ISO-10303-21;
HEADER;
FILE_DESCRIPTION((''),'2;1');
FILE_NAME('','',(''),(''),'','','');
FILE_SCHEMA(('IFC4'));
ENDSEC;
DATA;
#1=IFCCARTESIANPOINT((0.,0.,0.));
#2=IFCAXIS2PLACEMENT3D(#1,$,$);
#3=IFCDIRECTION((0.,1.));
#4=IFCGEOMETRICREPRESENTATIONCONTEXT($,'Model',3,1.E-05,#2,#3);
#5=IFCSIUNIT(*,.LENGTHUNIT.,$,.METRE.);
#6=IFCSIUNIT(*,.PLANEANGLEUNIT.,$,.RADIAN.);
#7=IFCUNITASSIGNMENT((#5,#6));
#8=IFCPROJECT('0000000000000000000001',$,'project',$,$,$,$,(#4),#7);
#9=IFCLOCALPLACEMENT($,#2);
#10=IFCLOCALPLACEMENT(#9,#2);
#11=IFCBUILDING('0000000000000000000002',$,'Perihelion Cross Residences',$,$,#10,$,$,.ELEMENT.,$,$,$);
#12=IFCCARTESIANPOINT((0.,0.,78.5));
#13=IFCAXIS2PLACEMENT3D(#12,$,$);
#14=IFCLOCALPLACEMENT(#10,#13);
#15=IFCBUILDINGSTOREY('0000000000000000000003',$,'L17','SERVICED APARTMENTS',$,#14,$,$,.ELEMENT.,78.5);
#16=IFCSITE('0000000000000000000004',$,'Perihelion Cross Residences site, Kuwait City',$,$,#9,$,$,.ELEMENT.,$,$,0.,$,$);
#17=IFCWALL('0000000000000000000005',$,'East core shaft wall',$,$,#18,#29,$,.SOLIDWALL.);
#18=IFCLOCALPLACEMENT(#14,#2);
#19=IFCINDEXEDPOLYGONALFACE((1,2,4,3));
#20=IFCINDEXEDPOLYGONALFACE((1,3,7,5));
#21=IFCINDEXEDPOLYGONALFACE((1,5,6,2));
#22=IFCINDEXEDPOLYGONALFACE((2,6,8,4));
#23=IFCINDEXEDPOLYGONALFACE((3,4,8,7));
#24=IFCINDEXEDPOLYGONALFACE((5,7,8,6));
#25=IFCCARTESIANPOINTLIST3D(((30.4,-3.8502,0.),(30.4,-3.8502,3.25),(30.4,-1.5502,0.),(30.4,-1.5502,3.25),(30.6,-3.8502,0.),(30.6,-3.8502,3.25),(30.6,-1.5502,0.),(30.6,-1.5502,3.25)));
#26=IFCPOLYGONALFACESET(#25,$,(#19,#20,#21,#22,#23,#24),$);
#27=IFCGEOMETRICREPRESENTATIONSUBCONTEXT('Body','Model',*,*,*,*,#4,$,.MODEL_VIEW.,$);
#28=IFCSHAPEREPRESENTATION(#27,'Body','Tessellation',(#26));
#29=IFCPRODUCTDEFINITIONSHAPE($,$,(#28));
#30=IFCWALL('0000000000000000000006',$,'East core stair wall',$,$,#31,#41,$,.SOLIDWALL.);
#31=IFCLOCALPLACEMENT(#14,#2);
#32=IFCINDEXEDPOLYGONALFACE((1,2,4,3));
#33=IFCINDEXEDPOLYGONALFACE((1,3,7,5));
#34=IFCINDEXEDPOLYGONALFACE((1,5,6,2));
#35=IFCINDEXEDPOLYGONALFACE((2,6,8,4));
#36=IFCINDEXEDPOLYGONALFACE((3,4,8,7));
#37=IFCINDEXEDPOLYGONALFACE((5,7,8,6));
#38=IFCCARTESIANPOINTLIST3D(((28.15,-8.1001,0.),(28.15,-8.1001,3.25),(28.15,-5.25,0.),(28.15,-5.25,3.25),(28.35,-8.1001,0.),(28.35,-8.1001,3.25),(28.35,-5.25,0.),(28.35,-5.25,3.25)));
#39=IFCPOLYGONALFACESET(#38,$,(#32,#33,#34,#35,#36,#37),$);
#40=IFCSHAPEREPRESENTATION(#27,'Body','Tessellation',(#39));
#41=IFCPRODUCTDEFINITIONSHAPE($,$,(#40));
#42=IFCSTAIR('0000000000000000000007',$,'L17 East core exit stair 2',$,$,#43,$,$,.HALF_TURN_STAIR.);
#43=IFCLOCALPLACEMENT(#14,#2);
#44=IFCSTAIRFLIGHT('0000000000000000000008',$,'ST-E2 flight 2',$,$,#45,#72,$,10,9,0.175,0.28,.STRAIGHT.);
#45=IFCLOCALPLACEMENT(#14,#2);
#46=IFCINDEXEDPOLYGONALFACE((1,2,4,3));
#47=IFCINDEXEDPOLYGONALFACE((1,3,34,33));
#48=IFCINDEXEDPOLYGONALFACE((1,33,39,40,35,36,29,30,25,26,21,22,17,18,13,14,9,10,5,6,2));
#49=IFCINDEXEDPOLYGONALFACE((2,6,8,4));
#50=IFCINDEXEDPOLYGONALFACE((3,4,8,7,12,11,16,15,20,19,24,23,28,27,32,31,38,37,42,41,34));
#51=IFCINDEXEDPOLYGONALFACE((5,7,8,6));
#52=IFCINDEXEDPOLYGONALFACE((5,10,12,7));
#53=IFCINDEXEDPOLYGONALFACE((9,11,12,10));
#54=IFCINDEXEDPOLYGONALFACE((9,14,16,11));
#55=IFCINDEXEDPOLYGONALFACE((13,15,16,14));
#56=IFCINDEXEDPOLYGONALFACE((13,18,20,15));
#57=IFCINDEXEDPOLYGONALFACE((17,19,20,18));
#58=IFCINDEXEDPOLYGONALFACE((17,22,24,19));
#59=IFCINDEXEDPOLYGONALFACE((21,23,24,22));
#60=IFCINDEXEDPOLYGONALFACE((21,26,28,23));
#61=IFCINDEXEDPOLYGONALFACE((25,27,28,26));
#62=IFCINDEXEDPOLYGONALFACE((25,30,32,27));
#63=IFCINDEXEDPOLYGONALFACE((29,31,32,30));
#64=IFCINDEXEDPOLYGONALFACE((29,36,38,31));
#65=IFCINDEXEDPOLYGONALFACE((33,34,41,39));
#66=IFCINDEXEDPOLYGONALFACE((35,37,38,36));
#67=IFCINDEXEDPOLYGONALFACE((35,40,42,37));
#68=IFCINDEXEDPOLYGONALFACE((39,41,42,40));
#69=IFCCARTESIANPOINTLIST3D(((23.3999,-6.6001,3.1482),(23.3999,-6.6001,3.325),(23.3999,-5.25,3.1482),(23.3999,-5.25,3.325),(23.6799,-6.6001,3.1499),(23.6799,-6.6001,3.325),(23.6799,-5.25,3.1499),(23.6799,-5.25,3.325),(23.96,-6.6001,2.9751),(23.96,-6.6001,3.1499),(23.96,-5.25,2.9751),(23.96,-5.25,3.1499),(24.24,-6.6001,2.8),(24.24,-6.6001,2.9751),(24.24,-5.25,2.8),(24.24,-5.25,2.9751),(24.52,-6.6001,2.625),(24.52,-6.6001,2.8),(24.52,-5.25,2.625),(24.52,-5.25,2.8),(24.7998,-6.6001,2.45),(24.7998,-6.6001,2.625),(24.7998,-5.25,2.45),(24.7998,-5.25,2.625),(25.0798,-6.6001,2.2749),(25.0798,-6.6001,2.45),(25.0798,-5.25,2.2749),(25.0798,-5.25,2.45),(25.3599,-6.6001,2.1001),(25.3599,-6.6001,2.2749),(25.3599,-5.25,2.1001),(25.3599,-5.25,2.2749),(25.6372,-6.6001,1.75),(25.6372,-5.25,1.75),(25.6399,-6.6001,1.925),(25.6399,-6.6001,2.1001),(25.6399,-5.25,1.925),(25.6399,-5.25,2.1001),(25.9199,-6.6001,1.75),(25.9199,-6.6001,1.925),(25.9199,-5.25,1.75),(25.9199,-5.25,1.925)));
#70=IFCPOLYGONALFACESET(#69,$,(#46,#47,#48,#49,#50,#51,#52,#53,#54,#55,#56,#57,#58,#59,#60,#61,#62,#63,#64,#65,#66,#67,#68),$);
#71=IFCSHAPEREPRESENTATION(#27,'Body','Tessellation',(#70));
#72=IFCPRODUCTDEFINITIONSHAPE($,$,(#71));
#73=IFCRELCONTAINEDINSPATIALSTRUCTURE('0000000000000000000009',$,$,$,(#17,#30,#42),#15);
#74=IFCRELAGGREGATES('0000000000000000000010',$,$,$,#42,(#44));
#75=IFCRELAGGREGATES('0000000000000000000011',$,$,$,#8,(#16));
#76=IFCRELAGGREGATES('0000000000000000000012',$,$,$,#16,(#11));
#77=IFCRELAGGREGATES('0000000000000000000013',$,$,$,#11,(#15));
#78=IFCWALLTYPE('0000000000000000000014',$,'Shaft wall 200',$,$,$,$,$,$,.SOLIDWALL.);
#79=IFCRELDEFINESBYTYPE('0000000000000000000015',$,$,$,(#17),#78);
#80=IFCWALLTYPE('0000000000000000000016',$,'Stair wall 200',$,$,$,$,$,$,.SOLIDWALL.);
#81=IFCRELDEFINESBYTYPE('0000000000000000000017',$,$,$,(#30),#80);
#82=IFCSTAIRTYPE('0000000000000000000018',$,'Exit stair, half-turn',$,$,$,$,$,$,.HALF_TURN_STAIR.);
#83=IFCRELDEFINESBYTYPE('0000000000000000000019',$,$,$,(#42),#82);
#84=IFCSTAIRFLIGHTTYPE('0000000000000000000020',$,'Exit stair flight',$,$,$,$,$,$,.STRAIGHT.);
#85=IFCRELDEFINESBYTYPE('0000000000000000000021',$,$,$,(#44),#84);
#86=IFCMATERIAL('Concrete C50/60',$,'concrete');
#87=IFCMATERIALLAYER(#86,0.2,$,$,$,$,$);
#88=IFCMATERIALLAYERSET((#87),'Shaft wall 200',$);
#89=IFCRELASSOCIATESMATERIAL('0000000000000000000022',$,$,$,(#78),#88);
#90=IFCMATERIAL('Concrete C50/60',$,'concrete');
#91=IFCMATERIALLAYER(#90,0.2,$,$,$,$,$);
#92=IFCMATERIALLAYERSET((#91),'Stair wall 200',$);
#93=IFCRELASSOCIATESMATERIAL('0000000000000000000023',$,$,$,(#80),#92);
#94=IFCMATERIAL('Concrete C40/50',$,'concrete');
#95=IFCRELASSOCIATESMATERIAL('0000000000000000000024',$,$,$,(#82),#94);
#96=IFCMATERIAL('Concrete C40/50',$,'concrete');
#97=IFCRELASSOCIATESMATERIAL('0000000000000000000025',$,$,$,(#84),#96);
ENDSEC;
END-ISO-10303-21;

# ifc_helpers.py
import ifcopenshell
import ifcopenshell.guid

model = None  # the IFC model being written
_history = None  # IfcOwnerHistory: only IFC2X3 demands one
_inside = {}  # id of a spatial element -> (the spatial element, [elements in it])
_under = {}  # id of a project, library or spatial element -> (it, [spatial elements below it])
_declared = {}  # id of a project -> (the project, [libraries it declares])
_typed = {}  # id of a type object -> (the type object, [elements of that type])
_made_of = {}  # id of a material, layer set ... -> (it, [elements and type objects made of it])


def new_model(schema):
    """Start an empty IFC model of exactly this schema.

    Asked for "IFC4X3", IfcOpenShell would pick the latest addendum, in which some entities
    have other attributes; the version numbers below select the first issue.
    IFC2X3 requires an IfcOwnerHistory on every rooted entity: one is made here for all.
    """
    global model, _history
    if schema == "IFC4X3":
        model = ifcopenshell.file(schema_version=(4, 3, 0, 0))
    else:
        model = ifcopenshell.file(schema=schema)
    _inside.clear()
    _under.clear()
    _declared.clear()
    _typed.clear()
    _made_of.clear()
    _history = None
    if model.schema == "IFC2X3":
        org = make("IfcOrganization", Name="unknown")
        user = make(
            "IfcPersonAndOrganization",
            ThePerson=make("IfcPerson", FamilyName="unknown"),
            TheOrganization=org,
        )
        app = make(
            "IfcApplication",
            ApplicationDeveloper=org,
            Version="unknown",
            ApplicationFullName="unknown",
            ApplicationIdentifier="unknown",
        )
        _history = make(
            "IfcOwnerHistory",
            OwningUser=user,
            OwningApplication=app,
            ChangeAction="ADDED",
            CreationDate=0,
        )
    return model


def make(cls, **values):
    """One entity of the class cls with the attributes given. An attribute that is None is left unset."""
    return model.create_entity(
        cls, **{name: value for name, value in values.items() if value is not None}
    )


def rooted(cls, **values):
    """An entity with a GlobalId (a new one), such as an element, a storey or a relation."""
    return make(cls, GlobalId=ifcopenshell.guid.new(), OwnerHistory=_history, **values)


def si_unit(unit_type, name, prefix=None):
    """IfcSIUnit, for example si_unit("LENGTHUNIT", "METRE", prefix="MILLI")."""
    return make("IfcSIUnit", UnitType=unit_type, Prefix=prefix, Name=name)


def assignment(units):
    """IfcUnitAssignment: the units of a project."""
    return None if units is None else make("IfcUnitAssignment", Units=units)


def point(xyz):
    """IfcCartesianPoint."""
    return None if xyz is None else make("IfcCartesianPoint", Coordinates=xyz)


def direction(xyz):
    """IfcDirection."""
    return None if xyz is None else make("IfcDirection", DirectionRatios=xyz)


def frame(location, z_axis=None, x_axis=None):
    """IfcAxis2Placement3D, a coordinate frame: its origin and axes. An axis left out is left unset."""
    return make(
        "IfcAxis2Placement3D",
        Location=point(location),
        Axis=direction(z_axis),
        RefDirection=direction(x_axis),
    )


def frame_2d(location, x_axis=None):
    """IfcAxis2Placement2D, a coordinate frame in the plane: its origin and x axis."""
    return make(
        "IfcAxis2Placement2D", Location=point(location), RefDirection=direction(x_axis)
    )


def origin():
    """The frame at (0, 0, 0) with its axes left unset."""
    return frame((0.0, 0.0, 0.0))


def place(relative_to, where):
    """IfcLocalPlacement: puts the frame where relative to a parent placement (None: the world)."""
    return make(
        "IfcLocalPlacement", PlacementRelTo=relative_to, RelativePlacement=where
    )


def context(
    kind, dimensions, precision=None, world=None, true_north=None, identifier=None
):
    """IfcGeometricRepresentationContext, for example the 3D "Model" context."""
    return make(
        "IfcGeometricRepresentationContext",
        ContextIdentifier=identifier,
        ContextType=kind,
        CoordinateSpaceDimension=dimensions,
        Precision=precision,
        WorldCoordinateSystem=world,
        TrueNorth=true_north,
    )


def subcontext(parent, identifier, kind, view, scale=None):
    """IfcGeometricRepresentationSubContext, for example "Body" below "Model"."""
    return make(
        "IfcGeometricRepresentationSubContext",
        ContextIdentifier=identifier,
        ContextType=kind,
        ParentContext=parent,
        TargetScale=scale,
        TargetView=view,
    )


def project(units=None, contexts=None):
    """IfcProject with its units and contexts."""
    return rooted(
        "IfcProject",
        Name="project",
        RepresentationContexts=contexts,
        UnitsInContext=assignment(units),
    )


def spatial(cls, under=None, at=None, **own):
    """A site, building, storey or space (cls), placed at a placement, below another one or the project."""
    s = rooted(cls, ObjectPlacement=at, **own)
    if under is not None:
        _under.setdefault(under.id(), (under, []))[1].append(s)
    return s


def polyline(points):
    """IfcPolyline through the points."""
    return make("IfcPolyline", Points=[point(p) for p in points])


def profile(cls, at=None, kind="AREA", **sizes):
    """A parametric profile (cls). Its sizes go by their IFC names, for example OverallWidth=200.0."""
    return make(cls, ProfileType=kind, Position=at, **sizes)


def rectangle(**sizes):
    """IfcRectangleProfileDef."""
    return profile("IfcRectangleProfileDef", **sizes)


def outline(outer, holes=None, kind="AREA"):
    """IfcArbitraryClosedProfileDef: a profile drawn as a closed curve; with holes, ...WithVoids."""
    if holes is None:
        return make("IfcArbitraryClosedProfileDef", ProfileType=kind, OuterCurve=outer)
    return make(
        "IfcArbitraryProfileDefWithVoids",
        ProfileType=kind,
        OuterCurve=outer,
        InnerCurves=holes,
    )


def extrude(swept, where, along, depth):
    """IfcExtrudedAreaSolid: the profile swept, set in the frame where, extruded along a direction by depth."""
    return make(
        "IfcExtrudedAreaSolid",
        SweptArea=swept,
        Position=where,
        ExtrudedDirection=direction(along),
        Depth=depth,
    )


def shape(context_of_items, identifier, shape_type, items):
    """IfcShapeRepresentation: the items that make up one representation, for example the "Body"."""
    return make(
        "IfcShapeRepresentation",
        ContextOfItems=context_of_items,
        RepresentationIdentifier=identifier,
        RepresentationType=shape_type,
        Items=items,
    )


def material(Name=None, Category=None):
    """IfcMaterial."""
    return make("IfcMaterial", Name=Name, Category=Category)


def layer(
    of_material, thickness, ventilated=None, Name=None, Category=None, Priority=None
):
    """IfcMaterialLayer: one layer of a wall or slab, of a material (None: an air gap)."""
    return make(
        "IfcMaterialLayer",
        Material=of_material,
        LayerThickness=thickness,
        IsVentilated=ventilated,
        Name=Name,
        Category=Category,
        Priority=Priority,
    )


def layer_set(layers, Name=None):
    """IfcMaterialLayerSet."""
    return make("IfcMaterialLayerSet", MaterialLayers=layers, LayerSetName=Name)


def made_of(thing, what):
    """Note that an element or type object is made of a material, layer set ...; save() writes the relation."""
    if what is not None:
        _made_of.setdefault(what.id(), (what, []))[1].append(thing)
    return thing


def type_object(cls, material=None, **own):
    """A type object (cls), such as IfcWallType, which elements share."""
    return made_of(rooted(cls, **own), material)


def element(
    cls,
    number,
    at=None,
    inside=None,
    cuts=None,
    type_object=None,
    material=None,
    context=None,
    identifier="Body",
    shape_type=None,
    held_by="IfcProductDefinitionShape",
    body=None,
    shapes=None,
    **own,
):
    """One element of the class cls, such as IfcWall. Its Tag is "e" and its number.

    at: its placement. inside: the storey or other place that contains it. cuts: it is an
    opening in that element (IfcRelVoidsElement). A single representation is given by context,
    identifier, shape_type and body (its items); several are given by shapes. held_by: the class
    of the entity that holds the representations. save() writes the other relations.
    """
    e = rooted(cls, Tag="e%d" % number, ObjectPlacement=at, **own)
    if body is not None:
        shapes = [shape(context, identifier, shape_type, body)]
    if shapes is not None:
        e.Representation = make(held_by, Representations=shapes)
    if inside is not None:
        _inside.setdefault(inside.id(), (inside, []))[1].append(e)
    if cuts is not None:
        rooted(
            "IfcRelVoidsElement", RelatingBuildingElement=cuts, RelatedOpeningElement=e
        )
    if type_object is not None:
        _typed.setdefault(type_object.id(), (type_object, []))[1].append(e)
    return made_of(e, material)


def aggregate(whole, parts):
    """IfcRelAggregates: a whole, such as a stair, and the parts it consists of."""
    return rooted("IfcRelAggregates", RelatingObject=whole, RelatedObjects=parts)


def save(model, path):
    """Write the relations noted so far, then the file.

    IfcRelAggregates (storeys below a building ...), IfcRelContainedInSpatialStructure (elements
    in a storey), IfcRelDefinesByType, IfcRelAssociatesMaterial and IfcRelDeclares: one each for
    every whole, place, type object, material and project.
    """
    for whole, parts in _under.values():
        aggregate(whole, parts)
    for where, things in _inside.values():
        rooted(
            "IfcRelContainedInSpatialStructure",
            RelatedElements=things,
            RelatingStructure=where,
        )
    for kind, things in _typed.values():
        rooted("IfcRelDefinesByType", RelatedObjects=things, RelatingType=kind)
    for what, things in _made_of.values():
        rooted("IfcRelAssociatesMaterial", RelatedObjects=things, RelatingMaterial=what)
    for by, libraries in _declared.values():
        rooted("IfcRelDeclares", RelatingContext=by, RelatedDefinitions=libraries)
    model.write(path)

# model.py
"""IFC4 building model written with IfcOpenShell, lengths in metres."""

from ifc_helpers import new_model, si_unit, direction, frame, frame_2d, origin, place, context, subcontext, project, spatial, polyline, rectangle, outline, extrude, material, layer, layer_set, type_object, element, aggregate, save


model = new_model("IFC4")

# Units and contexts
model_context = context("Model", 3, precision=1e-05, world=origin(), true_north=direction((0.0, 1.0)))
body_context = subcontext(model_context, "Body", "Model", "MODEL_VIEW")
ifc_project = project(units=[si_unit("LENGTHUNIT", "METRE"), si_unit("PLANEANGLEUNIT", "RADIAN")], contexts=[model_context])

# Site, building, storey
site_placement = place(None, origin())
site = spatial("IfcSite", under=ifc_project, at=site_placement, Name="Perihelion Cross Residences site, Kuwait City", CompositionType="ELEMENT", RefElevation=0.0)
building_placement = place(site_placement, origin())
building = spatial("IfcBuilding", under=site, at=building_placement, Name="Perihelion Cross Residences", CompositionType="ELEMENT")
storey_placement = place(building_placement, frame((0.0, 0.0, 78.5)))
storey = spatial("IfcBuildingStorey", under=building, at=storey_placement, Name="L17", Description="SERVICED APARTMENTS", CompositionType="ELEMENT", Elevation=78.5)

# Walls
ifc_material_1 = material(Name="Concrete C50/60", Category="concrete")
ifc_layer_1 = layer(ifc_material_1, 0.2)
ifc_layer_set_1 = layer_set([ifc_layer_1], Name="Shaft wall 200")
wall_type_1 = type_object("IfcWallType", Name="Shaft wall 200", PredefinedType="SOLIDWALL", material=ifc_layer_set_1)
wall_1_placement = place(storey_placement, frame((30.5, -3.8501, 0.0), z_axis=(0.0, 0.0, 1.0), x_axis=(0.0, 1.0, 0.0)))
element("IfcWall", 1, at=wall_1_placement, inside=storey, type_object=wall_type_1, Name="East core shaft wall", PredefinedType="SOLIDWALL", context=body_context, shape_type="SweptSolid", body=[
    extrude(rectangle(XDim=2.3, YDim=0.2, at=frame_2d((1.1499, 0.0))), origin(), (0.0, 0.0, 1.0), 3.25),
])
ifc_material_2 = material(Name="Concrete C50/60", Category="concrete")
ifc_layer_2 = layer(ifc_material_2, 0.2)
ifc_layer_set_2 = layer_set([ifc_layer_2], Name="Stair wall 200")
wall_type_2 = type_object("IfcWallType", Name="Stair wall 200", PredefinedType="SOLIDWALL", material=ifc_layer_set_2)
wall_2_placement = place(storey_placement, frame((28.25, -8.1001, 0.0), z_axis=(0.0, 0.0, 1.0), x_axis=(0.0, 1.0, 0.0)))
element("IfcWall", 2, at=wall_2_placement, inside=storey, type_object=wall_type_2, Name="East core stair wall", PredefinedType="SOLIDWALL", context=body_context, shape_type="SweptSolid", body=[
    extrude(rectangle(XDim=2.8501, YDim=0.2, at=frame_2d((1.425, 0.0))), origin(), (0.0, 0.0, 1.0), 3.25),
])

# Stair, stair flight
ifc_material_3 = material(Name="Concrete C40/50", Category="concrete")
stair_type = type_object("IfcStairType", Name="Exit stair, half-turn", PredefinedType="HALF_TURN_STAIR", material=ifc_material_3)
stair_placement = place(storey_placement, origin())
stair = element("IfcStair", 3, at=stair_placement, inside=storey, type_object=stair_type, Name="L17 East core exit stair 2", PredefinedType="HALF_TURN_STAIR")
ifc_material_4 = material(Name="Concrete C40/50", Category="concrete")
stair_flight_type = type_object("IfcStairFlightType", Name="Exit stair flight", PredefinedType="STRAIGHT", material=ifc_material_4)
stair_flight_placement = place(storey_placement, frame((25.9199, -5.925, 1.75), z_axis=(0.0, 0.0, 1.0), x_axis=(-1.0, 0.0, 0.0)))
stair_flight = element("IfcStairFlight", 4, at=stair_flight_placement, type_object=stair_flight_type, Name="ST-E2 flight 2", NumberOfRisers=10, NumberOfTreads=9, PredefinedType="STRAIGHT", RiserHeight=0.175, TreadLength=0.28, context=body_context, shape_type="SweptSolid", body=[
    extrude(outline(polyline([(0.0, 0.0), (0.0, 0.175), (0.28, 0.175), (0.28, 0.3501), (0.5601, 0.3501), (0.5601, 0.5249), (0.8401, 0.5249), (0.8401, 0.7), (1.1201, 0.7), (1.1201, 0.875), (1.3999, 0.875), (1.3999, 1.05), (1.6799, 1.05), (1.6799, 1.2251), (1.96, 1.2251), (1.96, 1.3999), (2.24, 1.3999), (2.24, 1.575), (2.52, 1.575), (2.52, 1.75), (2.52, 1.3982), (0.2827, 0.0), (0.0, 0.0)])), frame((0.0, 0.675, 0.0), z_axis=(0.0, -1.0, 0.0), x_axis=(1.0, 0.0, 0.0)), (0.0, 0.0, 1.0), 1.3501),
])
aggregate(stair, [stair_flight])

save(model, "model.ifc")
